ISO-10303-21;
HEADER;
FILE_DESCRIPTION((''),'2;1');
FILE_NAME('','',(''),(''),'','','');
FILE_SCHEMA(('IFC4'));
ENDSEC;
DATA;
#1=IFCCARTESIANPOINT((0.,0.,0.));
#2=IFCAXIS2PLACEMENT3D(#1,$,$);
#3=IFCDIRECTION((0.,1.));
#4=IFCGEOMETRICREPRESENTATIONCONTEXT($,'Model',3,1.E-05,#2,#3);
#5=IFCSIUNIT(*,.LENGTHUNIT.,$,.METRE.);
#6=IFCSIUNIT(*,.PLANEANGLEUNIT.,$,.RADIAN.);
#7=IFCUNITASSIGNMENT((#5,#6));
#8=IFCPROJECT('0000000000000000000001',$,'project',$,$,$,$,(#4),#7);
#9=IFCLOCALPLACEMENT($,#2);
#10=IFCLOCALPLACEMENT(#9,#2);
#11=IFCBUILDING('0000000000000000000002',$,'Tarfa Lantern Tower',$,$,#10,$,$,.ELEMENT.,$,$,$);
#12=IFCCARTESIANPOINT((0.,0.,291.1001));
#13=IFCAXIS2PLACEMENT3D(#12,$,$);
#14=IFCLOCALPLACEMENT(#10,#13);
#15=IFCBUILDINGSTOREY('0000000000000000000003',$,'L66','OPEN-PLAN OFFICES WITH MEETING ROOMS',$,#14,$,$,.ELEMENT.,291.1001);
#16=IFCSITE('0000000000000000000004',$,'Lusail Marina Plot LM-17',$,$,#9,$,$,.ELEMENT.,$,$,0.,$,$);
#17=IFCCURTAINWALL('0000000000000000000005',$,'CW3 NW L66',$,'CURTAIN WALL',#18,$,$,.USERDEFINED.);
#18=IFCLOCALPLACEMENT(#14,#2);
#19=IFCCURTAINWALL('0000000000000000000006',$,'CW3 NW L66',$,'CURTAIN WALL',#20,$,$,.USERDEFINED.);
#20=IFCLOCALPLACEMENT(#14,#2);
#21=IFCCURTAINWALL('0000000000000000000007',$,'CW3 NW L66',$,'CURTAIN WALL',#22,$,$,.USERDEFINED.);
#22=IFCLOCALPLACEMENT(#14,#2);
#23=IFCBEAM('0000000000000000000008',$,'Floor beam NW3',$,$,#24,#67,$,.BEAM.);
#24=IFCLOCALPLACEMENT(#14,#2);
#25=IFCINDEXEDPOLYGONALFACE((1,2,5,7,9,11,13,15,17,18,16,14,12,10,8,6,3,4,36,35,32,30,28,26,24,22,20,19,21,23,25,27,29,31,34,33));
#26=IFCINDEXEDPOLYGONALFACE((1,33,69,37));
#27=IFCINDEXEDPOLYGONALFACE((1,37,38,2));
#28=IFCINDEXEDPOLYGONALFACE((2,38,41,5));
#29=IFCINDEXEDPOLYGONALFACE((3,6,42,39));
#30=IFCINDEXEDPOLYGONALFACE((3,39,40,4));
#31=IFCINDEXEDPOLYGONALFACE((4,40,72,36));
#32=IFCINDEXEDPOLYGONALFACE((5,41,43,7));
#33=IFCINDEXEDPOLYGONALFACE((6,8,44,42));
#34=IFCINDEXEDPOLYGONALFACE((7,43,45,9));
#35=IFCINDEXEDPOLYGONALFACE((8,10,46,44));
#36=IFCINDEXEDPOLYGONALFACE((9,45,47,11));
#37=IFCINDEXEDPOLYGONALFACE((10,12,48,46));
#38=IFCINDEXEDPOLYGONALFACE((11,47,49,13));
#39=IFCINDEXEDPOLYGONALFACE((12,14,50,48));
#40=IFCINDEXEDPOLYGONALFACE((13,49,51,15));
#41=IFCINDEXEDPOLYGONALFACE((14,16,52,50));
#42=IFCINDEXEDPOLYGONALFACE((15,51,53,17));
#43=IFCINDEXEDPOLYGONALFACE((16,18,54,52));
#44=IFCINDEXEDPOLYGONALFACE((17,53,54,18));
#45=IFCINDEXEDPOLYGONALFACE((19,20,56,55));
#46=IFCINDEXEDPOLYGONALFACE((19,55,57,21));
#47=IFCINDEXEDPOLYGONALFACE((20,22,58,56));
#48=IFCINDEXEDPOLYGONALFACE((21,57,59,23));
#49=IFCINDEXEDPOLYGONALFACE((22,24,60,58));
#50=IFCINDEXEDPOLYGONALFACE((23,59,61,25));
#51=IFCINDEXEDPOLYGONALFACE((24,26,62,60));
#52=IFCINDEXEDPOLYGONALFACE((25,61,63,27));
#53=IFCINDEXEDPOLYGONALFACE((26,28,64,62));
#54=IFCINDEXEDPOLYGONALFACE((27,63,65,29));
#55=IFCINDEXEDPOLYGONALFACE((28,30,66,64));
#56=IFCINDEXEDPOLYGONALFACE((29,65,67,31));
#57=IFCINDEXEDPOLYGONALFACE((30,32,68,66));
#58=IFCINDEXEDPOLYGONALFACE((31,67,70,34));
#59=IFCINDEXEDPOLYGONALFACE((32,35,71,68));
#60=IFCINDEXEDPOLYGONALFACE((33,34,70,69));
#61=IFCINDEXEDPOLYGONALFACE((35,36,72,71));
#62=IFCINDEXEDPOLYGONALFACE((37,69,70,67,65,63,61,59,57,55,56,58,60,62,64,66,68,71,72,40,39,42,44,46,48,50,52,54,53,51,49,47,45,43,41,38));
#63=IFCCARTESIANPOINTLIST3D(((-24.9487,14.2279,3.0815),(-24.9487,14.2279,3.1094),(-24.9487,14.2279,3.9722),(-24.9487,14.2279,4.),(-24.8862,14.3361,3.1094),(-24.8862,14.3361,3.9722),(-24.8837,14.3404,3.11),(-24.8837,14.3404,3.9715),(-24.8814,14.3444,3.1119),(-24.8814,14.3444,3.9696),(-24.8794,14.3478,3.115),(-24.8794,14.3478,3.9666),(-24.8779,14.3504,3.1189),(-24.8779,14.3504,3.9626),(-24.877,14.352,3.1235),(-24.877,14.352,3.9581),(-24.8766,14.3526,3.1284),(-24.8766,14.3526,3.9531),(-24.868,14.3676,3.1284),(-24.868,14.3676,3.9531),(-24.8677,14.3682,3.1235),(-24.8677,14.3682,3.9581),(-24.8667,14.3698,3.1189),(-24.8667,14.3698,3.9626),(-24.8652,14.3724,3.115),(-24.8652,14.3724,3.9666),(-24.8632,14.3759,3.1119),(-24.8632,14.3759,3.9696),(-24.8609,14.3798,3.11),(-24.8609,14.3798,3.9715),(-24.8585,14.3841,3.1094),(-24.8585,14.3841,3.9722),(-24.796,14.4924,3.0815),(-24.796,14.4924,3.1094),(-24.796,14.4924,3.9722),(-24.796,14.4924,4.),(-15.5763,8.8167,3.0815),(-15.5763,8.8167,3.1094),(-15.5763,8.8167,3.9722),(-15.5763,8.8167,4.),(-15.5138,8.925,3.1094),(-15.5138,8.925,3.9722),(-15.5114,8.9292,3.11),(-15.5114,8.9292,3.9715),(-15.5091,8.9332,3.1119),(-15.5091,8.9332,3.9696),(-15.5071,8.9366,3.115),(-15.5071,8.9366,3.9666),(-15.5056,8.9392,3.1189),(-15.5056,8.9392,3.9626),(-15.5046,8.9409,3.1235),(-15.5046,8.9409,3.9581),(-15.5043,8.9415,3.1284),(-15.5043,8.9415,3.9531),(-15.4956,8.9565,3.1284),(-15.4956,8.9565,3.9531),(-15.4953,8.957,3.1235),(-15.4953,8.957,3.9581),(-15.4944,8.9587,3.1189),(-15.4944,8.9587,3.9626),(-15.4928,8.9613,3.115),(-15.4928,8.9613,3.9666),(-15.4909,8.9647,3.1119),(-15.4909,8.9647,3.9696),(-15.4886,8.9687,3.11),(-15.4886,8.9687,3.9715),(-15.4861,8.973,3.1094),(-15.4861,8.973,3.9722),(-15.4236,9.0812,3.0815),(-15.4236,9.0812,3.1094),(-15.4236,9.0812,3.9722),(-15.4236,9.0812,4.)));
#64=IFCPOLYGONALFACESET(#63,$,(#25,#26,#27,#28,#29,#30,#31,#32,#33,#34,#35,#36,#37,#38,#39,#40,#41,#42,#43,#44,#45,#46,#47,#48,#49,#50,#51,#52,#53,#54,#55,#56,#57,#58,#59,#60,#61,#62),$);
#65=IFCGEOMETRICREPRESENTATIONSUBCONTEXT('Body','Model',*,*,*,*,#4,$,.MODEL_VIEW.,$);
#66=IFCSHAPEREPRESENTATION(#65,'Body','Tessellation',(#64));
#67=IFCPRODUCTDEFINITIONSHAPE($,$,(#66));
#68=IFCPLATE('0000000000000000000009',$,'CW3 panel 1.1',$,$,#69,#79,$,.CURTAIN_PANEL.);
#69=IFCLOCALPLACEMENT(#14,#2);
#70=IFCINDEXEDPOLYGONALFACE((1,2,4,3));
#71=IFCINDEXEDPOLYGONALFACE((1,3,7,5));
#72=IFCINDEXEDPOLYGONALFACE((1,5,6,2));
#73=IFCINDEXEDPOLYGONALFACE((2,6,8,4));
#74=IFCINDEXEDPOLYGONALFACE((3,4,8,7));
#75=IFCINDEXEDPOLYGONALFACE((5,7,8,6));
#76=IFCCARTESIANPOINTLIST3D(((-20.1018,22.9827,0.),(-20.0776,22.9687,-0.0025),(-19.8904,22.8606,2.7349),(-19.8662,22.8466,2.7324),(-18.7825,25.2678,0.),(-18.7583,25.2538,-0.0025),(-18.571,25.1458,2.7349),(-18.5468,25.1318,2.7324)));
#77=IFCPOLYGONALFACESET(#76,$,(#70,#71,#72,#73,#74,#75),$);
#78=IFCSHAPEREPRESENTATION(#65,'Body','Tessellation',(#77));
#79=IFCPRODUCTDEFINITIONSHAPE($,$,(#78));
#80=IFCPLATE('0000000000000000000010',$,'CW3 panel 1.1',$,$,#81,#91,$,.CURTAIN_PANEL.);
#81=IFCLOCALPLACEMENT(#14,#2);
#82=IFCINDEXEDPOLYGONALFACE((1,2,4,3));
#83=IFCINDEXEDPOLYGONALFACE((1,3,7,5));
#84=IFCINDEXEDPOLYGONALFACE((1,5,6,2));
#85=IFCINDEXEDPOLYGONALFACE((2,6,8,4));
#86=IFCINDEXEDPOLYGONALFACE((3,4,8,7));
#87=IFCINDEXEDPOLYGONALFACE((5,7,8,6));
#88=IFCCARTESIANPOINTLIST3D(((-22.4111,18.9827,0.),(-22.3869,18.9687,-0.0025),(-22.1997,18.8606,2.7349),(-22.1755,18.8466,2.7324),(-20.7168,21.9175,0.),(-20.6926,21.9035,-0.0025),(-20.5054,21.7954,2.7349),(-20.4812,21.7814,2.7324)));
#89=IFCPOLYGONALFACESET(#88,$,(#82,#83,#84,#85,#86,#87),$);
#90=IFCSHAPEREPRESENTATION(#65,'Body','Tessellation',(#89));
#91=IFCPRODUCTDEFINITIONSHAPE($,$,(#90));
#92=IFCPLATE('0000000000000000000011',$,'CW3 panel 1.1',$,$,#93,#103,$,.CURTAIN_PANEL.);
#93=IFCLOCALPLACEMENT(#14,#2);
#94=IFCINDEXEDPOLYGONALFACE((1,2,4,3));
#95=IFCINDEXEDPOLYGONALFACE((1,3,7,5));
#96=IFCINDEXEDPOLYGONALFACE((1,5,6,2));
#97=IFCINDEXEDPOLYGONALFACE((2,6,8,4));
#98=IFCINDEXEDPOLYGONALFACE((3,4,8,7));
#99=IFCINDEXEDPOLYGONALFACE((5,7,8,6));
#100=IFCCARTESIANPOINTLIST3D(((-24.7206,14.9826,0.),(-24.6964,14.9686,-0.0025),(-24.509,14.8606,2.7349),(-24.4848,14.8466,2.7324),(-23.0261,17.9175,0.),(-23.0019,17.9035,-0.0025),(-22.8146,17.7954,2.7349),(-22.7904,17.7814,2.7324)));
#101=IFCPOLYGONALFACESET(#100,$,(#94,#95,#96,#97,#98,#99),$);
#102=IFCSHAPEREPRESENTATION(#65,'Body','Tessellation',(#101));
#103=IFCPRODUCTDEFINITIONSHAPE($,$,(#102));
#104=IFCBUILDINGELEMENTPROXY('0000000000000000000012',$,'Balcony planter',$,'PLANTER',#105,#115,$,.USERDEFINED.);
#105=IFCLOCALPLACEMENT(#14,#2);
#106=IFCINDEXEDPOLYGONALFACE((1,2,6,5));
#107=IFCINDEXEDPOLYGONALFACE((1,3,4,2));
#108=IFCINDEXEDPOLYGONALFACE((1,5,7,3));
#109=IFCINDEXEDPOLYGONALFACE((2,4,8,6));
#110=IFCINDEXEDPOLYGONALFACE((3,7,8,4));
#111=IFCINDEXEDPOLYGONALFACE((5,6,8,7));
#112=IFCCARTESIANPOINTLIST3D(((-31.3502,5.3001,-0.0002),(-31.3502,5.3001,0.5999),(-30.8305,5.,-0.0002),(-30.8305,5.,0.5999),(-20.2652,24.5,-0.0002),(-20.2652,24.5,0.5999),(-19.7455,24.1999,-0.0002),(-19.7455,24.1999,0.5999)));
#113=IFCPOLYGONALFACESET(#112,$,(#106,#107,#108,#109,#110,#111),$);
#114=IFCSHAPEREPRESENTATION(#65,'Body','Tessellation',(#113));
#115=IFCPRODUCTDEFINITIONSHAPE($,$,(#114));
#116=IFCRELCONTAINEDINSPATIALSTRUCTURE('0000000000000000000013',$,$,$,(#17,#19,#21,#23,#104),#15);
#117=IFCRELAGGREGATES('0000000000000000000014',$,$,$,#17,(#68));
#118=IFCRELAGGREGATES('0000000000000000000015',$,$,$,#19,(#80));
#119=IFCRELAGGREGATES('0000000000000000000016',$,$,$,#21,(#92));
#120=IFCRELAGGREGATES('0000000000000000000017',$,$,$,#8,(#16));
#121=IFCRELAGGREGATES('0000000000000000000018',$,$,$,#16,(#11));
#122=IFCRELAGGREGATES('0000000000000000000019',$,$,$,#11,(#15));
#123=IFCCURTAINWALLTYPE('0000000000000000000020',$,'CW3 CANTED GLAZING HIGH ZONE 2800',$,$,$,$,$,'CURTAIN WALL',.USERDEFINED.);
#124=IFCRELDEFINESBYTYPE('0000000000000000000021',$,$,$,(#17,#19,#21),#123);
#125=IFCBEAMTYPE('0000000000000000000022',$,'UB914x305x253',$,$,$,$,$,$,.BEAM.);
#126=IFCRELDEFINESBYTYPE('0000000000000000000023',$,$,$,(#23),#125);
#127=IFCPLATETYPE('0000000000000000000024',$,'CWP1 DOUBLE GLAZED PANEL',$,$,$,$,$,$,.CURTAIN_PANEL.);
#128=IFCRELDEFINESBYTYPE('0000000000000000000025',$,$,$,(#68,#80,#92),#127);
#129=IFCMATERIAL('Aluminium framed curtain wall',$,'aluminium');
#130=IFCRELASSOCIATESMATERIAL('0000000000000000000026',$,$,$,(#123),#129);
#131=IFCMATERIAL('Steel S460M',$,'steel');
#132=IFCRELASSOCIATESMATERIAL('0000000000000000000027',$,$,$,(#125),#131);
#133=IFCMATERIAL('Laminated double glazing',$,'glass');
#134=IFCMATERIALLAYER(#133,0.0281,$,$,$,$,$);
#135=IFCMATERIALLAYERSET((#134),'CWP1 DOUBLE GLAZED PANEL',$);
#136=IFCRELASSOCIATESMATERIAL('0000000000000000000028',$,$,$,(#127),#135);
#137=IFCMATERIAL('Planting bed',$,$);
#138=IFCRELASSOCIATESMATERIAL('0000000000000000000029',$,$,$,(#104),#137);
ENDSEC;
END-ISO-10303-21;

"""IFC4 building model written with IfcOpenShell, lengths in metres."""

from ifc_helpers import new_model, si_unit, direction, frame, origin, origin_2d, place, context, subcontext, project, spatial, polyline, rectangle, i_section, outline, extrude, material, layer, layer_set, material_profile, profile_set, type_object, element, aggregate, save


model = new_model("IFC4")

# Units and contexts
model_context = context("Model", 3, precision=1e-05, world=origin(), true_north=direction((0.0, 1.0)))
body_context = subcontext(model_context, "Body", "Model", "MODEL_VIEW")
ifc_project = project(units=[si_unit("LENGTHUNIT", "METRE"), si_unit("PLANEANGLEUNIT", "RADIAN")], contexts=[model_context])

# Site, building, storey
site_placement = place(None, origin())
site = spatial("IfcSite", under=ifc_project, at=site_placement, Name="Lusail Marina Plot LM-17", CompositionType="ELEMENT", RefElevation=0.0)
building_placement = place(site_placement, origin())
building = spatial("IfcBuilding", under=site, at=building_placement, Name="Tarfa Lantern Tower", CompositionType="ELEMENT")
storey_placement = place(building_placement, frame((0.0, 0.0, 291.1001)))
storey = spatial("IfcBuildingStorey", under=building, at=storey_placement, Name="L66", Description="OPEN-PLAN OFFICES WITH MEETING ROOMS", CompositionType="ELEMENT", Elevation=291.1001)

# Curtain walls
ifc_material_1 = material(Name="Aluminium framed curtain wall", Category="aluminium")
curtain_wall_type = type_object("IfcCurtainWallType", Name="CW3 CANTED GLAZING HIGH ZONE 2800", ElementType="CURTAIN WALL", PredefinedType="USERDEFINED", material=ifc_material_1)
curtain_wall_1_placement = place(storey_placement, origin())
curtain_wall_1 = element("IfcCurtainWall", 1, at=curtain_wall_1_placement, inside=storey, type_object=curtain_wall_type, Name="CW3 NW L66", ObjectType="CURTAIN WALL", PredefinedType="USERDEFINED")
curtain_wall_2_placement = place(storey_placement, origin())
curtain_wall_2 = element("IfcCurtainWall", 2, at=curtain_wall_2_placement, inside=storey, type_object=curtain_wall_type, Name="CW3 NW L66", ObjectType="CURTAIN WALL", PredefinedType="USERDEFINED")
curtain_wall_3_placement = place(storey_placement, origin())
curtain_wall_3 = element("IfcCurtainWall", 3, at=curtain_wall_3_placement, inside=storey, type_object=curtain_wall_type, Name="CW3 NW L66", ObjectType="CURTAIN WALL", PredefinedType="USERDEFINED")

# Beam
ifc_material_2 = material(Name="Steel S460M", Category="steel")
ifc_material_profile_1 = material_profile(ifc_material_2, i_section(OverallWidth=0.3054, OverallDepth=0.9185, WebThickness=0.0173, FlangeThickness=0.0278, FilletRadius=0.019, at=origin_2d()), Name="UB914x305x253")
ifc_profile_set_1 = profile_set([ifc_material_profile_1], Name="Steel S460M")
beam_type_1 = type_object("IfcBeamType", Name="UB914x305x253", PredefinedType="BEAM", material=ifc_profile_set_1)
beam_1_placement = place(storey_placement, frame((-24.8723, 14.3601, 3.5408), z_axis=(0.866024, -0.500002, 0.0), x_axis=(0.500002, 0.866024, 0.0)))
element("IfcBeam", 4, at=beam_1_placement, inside=storey, type_object=beam_type_1, Name="Floor beam NW3", PredefinedType="BEAM", context=body_context, shape_type="SweptSolid", body=[
    extrude(i_section(OverallWidth=0.3054, OverallDepth=0.9185, WebThickness=0.0173, FlangeThickness=0.0278, FilletRadius=0.019, at=origin_2d()), origin(), (0.0, 0.0, 1.0), 10.8223),
])

# Plates
ifc_material_3 = material(Name="Laminated double glazing", Category="glass")
ifc_layer = layer(ifc_material_3, 0.0281)
ifc_layer_set = layer_set([ifc_layer], Name="CWP1 DOUBLE GLAZED PANEL")
plate_type = type_object("IfcPlateType", Name="CWP1 DOUBLE GLAZED PANEL", PredefinedType="CURTAIN_PANEL", material=ifc_layer_set)
plate_1_placement = place(storey_placement, frame((-18.7825, 25.2678, 0.0), z_axis=(-0.862595, 0.49802, 0.088914), x_axis=(-0.5, -0.866025, 0.0)))
plate_1 = element("IfcPlate", 5, at=plate_1_placement, type_object=plate_type, Name="CW3 panel 1.1", PredefinedType="CURTAIN_PANEL", context=body_context, shape_type="SweptSolid", body=[
    extrude(outline(polyline([(0.0, 0.0), (2.6387, 0.0), (2.6387, 2.7457), (0.0, 2.7457), (0.0, 0.0)])), origin(), (0.0, 0.0, -1.0), 0.0281),
])
aggregate(curtain_wall_1, [plate_1])
plate_2_placement = place(storey_placement, frame((-20.7168, 21.9175, 0.0), z_axis=(-0.862606, 0.498002, 0.088914), x_axis=(-0.499982, -0.866036, 0.0)))
plate_2 = element("IfcPlate", 6, at=plate_2_placement, type_object=plate_type, Name="CW3 panel 1.1", PredefinedType="CURTAIN_PANEL", context=body_context, shape_type="SweptSolid", body=[
    extrude(outline(polyline([(0.0, 0.0), (3.3888, 0.0), (3.3888, 2.7457), (0.0, 2.7457), (0.0, 0.0)])), origin(), (0.0, 0.0, -1.0), 0.0281),
])
aggregate(curtain_wall_2, [plate_2])
plate_3_placement = place(storey_placement, frame((-23.0261, 17.9175, 0.0), z_axis=(-0.862587, 0.498027, 0.088952), x_axis=(-0.50001, -0.86602, -0.000003)))
plate_3 = element("IfcPlate", 7, at=plate_3_placement, type_object=plate_type, Name="CW3 panel 1.1", PredefinedType="CURTAIN_PANEL", context=body_context, shape_type="SweptSolid", body=[
    extrude(outline(polyline([(0.0, 0.0), (3.3889, 0.0), (3.3888, 2.7458), (0.0, 2.7457), (0.0, 0.0)])), origin(), (0.0, 0.0, -1.0), 0.0281),
])
aggregate(curtain_wall_3, [plate_3])

# Building element proxy
ifc_material_4 = material(Name="Planting bed")
proxy_placement = place(storey_placement, frame((-25.5479, 14.75, -0.0002), z_axis=(0.0, 0.0, 1.0), x_axis=(-0.5, -0.866025, 0.0)))
element("IfcBuildingElementProxy", 8, at=proxy_placement, inside=storey, material=ifc_material_4, Name="Balcony planter", ObjectType="PLANTER", PredefinedType="USERDEFINED", context=body_context, shape_type="SweptSolid", body=[
    extrude(rectangle(XDim=22.1702, YDim=0.6001, at=origin_2d()), origin(), (0.0, 0.0, 1.0), 0.6001),
])

save(model, "model.ifc")
